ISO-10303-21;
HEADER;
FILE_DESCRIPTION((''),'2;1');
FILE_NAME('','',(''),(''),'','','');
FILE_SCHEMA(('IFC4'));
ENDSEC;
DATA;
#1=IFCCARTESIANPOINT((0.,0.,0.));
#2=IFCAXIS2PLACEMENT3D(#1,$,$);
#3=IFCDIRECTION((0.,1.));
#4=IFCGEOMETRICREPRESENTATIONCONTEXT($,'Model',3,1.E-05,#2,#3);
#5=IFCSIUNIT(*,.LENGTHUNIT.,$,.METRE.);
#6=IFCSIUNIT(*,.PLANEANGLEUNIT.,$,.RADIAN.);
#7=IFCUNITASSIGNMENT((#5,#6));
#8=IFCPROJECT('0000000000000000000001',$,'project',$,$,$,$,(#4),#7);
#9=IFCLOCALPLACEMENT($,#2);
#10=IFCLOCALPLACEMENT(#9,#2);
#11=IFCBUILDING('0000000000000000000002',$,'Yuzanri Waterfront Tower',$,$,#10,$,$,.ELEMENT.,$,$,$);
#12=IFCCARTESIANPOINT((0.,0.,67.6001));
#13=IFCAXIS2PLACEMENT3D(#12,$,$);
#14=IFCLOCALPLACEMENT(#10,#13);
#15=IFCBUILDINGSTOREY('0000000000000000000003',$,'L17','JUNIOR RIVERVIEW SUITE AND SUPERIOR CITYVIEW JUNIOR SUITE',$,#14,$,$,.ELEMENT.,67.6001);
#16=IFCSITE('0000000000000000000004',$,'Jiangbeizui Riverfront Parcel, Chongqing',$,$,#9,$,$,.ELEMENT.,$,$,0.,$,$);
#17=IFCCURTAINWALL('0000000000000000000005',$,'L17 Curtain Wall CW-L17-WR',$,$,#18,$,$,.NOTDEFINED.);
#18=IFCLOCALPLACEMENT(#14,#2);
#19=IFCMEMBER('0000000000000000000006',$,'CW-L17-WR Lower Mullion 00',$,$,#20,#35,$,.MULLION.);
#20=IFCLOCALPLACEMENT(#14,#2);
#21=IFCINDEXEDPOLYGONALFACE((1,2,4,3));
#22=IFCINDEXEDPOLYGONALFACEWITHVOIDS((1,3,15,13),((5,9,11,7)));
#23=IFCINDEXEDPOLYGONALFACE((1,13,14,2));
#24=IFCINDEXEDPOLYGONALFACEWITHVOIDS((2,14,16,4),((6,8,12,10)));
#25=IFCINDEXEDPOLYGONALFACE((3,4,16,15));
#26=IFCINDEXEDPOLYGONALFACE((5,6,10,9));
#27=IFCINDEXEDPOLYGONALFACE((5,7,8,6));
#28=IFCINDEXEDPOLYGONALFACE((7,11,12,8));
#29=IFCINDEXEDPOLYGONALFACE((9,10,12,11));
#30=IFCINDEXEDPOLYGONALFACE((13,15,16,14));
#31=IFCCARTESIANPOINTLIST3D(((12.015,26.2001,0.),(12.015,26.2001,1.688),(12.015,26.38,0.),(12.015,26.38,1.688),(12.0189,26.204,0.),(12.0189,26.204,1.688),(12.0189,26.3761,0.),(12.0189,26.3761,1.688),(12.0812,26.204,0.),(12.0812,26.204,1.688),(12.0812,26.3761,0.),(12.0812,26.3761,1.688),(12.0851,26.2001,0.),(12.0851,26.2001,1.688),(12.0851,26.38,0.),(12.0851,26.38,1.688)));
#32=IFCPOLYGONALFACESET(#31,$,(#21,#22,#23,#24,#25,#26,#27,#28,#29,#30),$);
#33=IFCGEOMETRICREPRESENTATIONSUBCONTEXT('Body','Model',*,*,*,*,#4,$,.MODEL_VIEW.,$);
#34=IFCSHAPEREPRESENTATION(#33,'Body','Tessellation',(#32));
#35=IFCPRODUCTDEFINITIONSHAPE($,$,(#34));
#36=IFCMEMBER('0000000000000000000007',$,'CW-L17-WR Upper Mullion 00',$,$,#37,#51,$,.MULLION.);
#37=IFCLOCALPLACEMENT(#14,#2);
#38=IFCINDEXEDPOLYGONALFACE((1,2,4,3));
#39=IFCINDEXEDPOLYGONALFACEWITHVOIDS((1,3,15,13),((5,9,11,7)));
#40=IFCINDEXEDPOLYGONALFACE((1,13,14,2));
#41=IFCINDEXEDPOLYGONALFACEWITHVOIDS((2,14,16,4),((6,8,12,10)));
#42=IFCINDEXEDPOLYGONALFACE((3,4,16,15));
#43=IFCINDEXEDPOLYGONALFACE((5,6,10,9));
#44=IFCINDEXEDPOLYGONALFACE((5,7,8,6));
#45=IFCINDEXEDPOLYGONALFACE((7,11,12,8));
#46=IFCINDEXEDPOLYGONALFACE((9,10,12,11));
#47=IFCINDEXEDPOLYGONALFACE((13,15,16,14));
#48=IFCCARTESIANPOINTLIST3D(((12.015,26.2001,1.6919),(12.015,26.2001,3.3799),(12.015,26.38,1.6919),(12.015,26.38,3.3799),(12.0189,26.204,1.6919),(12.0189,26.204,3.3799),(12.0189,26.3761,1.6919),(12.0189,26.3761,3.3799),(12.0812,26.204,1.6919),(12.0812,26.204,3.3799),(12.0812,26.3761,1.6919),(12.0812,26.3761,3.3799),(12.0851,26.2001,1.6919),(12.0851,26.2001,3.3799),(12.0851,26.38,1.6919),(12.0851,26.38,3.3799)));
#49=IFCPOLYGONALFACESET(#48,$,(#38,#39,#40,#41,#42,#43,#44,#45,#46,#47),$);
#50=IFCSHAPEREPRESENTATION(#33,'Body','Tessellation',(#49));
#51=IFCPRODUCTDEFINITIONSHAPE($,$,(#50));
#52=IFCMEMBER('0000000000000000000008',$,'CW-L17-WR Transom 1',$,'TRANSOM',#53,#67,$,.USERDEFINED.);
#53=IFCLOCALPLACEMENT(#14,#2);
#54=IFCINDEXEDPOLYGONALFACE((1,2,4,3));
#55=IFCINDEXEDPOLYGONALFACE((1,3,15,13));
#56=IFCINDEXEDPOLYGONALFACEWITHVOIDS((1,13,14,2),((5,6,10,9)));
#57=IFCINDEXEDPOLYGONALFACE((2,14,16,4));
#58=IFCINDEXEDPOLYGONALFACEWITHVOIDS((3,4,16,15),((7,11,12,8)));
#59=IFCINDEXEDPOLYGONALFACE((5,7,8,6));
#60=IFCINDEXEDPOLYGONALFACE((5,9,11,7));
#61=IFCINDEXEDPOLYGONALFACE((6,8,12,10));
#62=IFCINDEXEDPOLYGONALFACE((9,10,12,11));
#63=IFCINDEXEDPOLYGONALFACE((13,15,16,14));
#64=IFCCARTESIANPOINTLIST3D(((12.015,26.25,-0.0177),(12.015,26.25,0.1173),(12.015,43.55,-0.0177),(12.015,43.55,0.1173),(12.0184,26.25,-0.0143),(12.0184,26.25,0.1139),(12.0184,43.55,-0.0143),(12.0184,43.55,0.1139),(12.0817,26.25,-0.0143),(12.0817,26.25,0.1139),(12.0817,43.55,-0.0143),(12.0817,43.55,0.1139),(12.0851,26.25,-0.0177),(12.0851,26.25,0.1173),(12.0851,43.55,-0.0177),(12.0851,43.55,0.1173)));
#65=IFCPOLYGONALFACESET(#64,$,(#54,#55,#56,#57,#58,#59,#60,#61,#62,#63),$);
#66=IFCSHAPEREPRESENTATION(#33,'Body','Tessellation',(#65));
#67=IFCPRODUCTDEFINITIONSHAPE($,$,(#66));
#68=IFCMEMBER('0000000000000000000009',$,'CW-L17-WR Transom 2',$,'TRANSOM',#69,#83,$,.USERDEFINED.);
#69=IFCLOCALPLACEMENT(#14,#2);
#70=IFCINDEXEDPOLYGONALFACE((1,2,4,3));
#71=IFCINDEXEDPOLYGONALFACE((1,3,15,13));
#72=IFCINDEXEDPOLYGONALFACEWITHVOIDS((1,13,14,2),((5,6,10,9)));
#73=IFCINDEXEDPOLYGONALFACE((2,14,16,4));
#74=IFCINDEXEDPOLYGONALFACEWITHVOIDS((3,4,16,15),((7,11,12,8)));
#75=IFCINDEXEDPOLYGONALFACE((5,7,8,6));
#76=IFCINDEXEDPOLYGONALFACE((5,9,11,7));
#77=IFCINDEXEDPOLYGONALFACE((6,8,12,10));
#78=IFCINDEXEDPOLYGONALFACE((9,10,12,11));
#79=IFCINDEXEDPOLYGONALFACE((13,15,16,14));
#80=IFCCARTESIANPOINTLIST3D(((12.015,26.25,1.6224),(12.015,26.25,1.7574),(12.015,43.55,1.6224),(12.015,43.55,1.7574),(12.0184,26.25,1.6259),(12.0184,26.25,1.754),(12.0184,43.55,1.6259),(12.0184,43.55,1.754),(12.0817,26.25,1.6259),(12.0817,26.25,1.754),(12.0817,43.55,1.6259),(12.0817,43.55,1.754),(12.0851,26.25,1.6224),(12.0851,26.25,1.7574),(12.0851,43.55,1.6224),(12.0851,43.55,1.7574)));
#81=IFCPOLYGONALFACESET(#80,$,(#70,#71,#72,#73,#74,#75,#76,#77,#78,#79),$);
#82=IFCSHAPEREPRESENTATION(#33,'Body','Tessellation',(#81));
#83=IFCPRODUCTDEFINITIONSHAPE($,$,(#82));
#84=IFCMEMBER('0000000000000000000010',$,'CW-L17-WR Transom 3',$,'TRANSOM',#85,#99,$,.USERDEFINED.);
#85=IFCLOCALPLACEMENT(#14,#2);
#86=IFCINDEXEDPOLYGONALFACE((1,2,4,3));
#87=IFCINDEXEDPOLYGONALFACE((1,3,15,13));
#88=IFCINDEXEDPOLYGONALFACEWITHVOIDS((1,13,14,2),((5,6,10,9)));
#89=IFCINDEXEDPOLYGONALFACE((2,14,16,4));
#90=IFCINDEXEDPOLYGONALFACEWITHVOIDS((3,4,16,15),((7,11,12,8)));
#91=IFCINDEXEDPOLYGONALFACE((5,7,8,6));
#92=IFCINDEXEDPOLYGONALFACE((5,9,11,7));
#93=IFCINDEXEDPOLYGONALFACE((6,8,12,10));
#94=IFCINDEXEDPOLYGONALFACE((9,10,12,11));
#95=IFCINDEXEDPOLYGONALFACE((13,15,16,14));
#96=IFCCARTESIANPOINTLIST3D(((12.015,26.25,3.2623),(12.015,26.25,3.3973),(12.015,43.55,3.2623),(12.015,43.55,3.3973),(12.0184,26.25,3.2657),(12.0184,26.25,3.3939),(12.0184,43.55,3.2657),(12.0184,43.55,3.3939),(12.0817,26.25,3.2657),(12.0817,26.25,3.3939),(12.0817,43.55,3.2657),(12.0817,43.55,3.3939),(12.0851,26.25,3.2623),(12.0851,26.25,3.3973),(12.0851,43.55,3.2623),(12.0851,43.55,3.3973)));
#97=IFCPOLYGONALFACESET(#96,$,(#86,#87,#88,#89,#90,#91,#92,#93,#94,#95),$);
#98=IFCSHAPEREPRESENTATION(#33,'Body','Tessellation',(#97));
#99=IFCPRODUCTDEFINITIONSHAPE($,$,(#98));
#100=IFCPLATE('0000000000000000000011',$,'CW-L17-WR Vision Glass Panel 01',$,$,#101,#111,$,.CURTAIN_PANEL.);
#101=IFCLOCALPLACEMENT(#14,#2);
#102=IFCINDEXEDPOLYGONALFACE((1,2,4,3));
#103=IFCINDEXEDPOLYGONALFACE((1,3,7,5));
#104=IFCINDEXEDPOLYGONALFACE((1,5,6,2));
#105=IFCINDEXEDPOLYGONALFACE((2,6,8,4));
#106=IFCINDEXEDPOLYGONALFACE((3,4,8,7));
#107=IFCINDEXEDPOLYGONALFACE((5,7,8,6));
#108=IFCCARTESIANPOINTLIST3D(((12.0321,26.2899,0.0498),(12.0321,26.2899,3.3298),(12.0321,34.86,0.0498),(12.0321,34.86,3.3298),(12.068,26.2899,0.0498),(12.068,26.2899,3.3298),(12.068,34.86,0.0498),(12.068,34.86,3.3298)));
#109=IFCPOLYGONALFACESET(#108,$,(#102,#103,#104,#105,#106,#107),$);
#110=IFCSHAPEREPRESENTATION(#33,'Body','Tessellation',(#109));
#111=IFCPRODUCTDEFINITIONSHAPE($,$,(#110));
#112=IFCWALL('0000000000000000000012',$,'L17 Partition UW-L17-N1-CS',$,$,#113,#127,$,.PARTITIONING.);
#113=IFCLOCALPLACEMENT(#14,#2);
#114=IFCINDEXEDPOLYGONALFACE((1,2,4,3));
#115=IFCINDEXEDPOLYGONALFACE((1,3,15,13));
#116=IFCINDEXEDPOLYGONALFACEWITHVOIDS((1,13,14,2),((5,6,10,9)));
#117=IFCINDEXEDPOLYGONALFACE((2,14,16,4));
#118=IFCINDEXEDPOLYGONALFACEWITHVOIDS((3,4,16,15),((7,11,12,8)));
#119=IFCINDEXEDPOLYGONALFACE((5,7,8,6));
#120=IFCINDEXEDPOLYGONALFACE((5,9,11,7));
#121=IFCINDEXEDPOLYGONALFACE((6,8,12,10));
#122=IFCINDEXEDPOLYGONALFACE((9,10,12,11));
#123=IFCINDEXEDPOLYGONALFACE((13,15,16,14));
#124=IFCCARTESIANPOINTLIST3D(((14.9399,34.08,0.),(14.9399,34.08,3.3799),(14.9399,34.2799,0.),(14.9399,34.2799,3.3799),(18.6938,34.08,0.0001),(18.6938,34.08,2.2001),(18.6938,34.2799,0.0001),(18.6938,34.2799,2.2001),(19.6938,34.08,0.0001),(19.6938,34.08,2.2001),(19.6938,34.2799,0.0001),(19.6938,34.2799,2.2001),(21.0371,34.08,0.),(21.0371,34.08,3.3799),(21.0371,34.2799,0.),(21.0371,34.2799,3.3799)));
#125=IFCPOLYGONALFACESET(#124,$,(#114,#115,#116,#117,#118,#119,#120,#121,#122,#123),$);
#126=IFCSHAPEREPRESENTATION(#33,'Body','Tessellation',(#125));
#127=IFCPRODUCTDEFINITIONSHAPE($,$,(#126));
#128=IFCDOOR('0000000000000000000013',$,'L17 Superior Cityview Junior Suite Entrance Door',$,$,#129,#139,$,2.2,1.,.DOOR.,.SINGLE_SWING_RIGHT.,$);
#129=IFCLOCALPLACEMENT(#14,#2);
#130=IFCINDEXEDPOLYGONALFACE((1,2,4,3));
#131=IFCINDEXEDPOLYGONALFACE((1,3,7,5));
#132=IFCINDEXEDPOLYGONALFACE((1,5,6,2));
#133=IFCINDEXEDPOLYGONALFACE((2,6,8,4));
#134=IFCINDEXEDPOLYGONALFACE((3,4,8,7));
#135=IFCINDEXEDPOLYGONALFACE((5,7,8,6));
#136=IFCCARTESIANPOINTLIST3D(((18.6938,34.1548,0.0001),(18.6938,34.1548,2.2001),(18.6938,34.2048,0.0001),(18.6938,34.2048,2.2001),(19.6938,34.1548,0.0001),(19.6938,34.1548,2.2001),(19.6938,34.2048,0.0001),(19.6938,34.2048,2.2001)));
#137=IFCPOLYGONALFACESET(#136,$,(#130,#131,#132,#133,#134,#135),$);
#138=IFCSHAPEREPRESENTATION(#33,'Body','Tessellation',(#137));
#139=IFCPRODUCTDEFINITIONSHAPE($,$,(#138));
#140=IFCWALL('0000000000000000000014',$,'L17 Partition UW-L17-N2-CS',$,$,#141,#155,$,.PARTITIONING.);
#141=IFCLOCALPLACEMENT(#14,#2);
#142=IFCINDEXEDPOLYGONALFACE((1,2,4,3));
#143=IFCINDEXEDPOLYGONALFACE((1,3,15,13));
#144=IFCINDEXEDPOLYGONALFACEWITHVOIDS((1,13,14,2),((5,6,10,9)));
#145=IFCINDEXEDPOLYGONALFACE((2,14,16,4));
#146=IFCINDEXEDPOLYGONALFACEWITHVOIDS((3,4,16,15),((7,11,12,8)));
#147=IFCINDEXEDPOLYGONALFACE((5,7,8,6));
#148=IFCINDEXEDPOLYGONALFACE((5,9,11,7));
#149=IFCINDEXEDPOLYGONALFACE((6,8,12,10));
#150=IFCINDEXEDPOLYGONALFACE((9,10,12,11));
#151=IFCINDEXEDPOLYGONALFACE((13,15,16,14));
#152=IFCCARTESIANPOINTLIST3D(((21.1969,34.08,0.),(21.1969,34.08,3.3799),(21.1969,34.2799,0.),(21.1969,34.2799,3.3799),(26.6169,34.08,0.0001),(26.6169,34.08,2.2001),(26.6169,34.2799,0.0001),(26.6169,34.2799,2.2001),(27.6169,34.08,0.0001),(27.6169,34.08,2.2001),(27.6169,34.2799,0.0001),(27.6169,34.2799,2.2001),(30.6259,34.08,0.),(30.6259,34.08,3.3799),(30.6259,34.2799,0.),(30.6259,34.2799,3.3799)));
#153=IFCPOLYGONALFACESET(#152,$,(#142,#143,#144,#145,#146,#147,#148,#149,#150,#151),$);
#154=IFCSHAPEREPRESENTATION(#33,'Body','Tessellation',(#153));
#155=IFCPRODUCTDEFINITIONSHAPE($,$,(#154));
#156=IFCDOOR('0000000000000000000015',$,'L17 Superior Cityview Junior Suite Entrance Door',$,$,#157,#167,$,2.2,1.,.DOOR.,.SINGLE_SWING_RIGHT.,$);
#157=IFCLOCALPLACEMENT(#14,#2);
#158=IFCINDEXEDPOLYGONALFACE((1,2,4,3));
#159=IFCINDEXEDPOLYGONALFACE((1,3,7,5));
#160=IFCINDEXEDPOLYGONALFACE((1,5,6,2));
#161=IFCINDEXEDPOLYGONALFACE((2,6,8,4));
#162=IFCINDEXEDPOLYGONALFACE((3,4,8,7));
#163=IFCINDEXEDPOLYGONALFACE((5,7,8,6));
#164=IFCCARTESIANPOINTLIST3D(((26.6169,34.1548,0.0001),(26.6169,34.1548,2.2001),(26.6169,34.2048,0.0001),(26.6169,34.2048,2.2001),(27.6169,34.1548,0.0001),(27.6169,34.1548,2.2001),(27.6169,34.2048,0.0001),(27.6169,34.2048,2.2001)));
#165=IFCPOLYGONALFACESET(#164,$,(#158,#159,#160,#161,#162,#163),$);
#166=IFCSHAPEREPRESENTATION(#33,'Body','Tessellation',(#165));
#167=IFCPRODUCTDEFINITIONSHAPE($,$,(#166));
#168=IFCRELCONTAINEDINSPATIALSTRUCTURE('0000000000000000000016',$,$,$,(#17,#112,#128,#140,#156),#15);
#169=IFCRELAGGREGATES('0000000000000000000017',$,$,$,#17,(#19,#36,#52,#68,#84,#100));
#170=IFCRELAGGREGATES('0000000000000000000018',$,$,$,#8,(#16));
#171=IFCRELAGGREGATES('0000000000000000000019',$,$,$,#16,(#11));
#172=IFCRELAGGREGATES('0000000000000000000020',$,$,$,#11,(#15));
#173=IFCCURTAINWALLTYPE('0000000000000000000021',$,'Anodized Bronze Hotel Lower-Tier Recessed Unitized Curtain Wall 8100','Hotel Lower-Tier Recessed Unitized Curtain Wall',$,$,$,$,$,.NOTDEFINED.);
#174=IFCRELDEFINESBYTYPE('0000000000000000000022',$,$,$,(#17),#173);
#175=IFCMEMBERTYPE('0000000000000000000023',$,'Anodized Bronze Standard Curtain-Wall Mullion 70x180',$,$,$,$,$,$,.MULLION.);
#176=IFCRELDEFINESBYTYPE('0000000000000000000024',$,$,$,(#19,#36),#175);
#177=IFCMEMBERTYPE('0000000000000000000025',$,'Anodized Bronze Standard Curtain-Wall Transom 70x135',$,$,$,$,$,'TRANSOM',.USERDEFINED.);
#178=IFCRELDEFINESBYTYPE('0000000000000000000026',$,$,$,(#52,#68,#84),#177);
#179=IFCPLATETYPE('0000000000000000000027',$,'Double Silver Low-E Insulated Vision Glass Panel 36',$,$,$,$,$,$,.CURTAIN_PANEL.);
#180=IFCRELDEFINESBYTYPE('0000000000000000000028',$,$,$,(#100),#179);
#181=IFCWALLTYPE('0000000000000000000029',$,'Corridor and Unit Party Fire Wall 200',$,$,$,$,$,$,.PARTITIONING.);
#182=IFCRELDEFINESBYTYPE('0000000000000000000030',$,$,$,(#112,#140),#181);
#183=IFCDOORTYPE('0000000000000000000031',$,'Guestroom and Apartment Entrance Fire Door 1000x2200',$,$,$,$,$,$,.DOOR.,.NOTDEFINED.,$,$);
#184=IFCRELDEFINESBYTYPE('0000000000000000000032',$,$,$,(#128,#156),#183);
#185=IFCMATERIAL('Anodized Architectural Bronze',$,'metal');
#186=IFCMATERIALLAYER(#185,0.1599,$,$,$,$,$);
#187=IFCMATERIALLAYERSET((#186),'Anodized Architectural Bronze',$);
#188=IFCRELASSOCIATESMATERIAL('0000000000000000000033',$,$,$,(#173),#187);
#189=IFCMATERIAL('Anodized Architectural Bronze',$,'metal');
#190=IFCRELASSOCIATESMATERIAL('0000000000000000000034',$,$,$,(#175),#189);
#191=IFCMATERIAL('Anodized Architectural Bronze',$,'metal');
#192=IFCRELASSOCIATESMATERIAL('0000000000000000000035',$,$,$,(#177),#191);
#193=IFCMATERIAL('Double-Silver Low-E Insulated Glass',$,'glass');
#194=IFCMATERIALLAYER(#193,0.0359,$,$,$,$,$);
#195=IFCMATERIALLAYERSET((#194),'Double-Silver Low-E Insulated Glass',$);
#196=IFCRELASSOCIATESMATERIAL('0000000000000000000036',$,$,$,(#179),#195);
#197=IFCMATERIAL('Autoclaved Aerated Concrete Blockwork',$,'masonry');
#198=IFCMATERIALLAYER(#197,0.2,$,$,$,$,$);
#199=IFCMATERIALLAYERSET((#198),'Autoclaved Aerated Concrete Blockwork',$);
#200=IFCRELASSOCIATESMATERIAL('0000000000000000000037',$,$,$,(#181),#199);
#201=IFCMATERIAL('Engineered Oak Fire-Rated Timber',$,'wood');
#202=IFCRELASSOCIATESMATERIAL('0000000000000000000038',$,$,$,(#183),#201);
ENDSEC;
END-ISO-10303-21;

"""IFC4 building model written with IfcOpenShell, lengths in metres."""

from ifc_helpers import new_model, si_unit, direction, frame, frame_2d, origin, origin_2d, place, context, subcontext, project, spatial, rectangle, hollow_rectangle, extrude, source, transform, mapped, material, layer, layer_set, material_profile, profile_set, type_object, element, fill, aggregate, save


model = new_model("IFC4")

# Units and contexts
model_context = context("Model", 3, precision=1e-05, world=origin(), true_north=direction((0.0, 1.0)))
body_context = subcontext(model_context, "Body", "Model", "MODEL_VIEW")
ifc_project = project(units=[si_unit("LENGTHUNIT", "METRE"), si_unit("PLANEANGLEUNIT", "RADIAN")], contexts=[model_context])

# Site, building, storey
site_placement = place(None, origin())
site = spatial("IfcSite", under=ifc_project, at=site_placement, Name="Jiangbeizui Riverfront Parcel, Chongqing", CompositionType="ELEMENT", RefElevation=0.0)
building_placement = place(site_placement, origin())
building = spatial("IfcBuilding", under=site, at=building_placement, Name="Yuzanri Waterfront Tower", CompositionType="ELEMENT")
storey_placement = place(building_placement, frame((0.0, 0.0, 67.6001)))
storey = spatial("IfcBuildingStorey", under=building, at=storey_placement, Name="L17", Description="JUNIOR RIVERVIEW SUITE AND SUPERIOR CITYVIEW JUNIOR SUITE", CompositionType="ELEMENT", Elevation=67.6001)

# Curtain wall, members, plate
ifc_material_1 = material(Name="Anodized Architectural Bronze", Category="metal")
ifc_layer_1 = layer(ifc_material_1, 0.1599)
ifc_layer_set_1 = layer_set([ifc_layer_1], Name="Anodized Architectural Bronze")
curtain_wall_type = type_object("IfcCurtainWallType", Name="Anodized Bronze Hotel Lower-Tier Recessed Unitized Curtain Wall 8100", Description="Hotel Lower-Tier Recessed Unitized Curtain Wall", PredefinedType="NOTDEFINED", material=ifc_layer_set_1)
curtain_wall_placement = place(storey_placement, origin())
curtain_wall = element("IfcCurtainWall", 1, at=curtain_wall_placement, inside=storey, type_object=curtain_wall_type, Name="L17 Curtain Wall CW-L17-WR", PredefinedType="NOTDEFINED")
ifc_material_2 = material(Name="Anodized Architectural Bronze", Category="metal")
ifc_material_profile_1 = material_profile(ifc_material_2, hollow_rectangle(XDim=0.0701, YDim=0.1799, WallThickness=0.0039, at=origin_2d()), Name="CWM 70x180")
ifc_profile_set_1 = profile_set([ifc_material_profile_1], Name="Anodized Architectural Bronze")
member_type_1 = type_object("IfcMemberType", Name="Anodized Bronze Standard Curtain-Wall Mullion 70x180", PredefinedType="MULLION", material=ifc_profile_set_1)
shared_shape_1 = source(origin(), body_context, "Body", "SweptSolid", [
    extrude(hollow_rectangle(XDim=0.0701, YDim=0.1799, WallThickness=0.0039, at=origin_2d()), origin(), (0.0, 0.0, 1.0), 1.688),
])
member_1_placement = place(storey_placement, frame((12.05, 26.29, 0.0), z_axis=(0.0, 0.0, 1.0), x_axis=(1.0, 0.0, 0.0)))
member_1 = element("IfcMember", 2, at=member_1_placement, type_object=member_type_1, Name="CW-L17-WR Lower Mullion 00", PredefinedType="MULLION", context=body_context, shape_type="MappedRepresentation", body=[
    mapped(shared_shape_1, transform((0.0, 0.0, 0.0), scale=1.0)),
])
member_2_placement = place(storey_placement, frame((12.05, 26.29, 1.6919), z_axis=(0.0, 0.0, 1.0), x_axis=(1.0, 0.0, 0.0)))
member_2 = element("IfcMember", 3, at=member_2_placement, type_object=member_type_1, Name="CW-L17-WR Upper Mullion 00", PredefinedType="MULLION", context=body_context, shape_type="MappedRepresentation", body=[
    mapped(shared_shape_1, transform((0.0, 0.0, 0.0), scale=1.0)),
])
ifc_material_3 = material(Name="Anodized Architectural Bronze", Category="metal")
ifc_material_profile_2 = material_profile(ifc_material_3, hollow_rectangle(XDim=0.0701, YDim=0.135, WallThickness=0.0034, at=origin_2d()), Name="CWT 70x135")
ifc_profile_set_2 = profile_set([ifc_material_profile_2], Name="Anodized Architectural Bronze")
member_type_2 = type_object("IfcMemberType", Name="Anodized Bronze Standard Curtain-Wall Transom 70x135", ElementType="TRANSOM", PredefinedType="USERDEFINED", material=ifc_profile_set_2)
shared_shape_2 = source(origin(), body_context, "Body", "SweptSolid", [
    extrude(hollow_rectangle(XDim=0.0701, YDim=0.135, WallThickness=0.0034, at=origin_2d()), origin(), (0.0, 0.0, 1.0), 17.3),
])
member_3_placement = place(storey_placement, frame((12.05, 26.25, 0.0498), z_axis=(0.0, 1.0, 0.0), x_axis=(-1.0, 0.0, 0.0)))
member_3 = element("IfcMember", 4, at=member_3_placement, type_object=member_type_2, Name="CW-L17-WR Transom 1", ObjectType="TRANSOM", PredefinedType="USERDEFINED", context=body_context, shape_type="MappedRepresentation", body=[
    mapped(shared_shape_2, transform((0.0, 0.0, 0.0), scale=1.0)),
])
member_4_placement = place(storey_placement, frame((12.05, 26.25, 1.6899), z_axis=(0.0, 1.0, 0.0), x_axis=(-1.0, 0.0, 0.0)))
member_4 = element("IfcMember", 5, at=member_4_placement, type_object=member_type_2, Name="CW-L17-WR Transom 2", ObjectType="TRANSOM", PredefinedType="USERDEFINED", context=body_context, shape_type="MappedRepresentation", body=[
    mapped(shared_shape_2, transform((0.0, 0.0, 0.0), scale=1.0)),
])
member_5_placement = place(storey_placement, frame((12.05, 26.25, 3.3298), z_axis=(0.0, 1.0, 0.0), x_axis=(-1.0, 0.0, 0.0)))
member_5 = element("IfcMember", 6, at=member_5_placement, type_object=member_type_2, Name="CW-L17-WR Transom 3", ObjectType="TRANSOM", PredefinedType="USERDEFINED", context=body_context, shape_type="MappedRepresentation", body=[
    mapped(shared_shape_2, transform((0.0, 0.0, 0.0), scale=1.0)),
])
ifc_material_4 = material(Name="Double-Silver Low-E Insulated Glass", Category="glass")
ifc_layer_2 = layer(ifc_material_4, 0.0359)
ifc_layer_set_2 = layer_set([ifc_layer_2], Name="Double-Silver Low-E Insulated Glass")
plate_type = type_object("IfcPlateType", Name="Double Silver Low-E Insulated Vision Glass Panel 36", PredefinedType="CURTAIN_PANEL", material=ifc_layer_set_2)
shared_shape_3 = source(origin(), body_context, "Body", "SweptSolid", [
    extrude(rectangle(XDim=8.5701, YDim=0.0359, at=origin_2d()), origin(), (0.0, 0.0, 1.0), 3.28),
])
plate_placement = place(storey_placement, frame((12.05, 30.575, 0.0498), z_axis=(0.0, 0.0, 1.0), x_axis=(0.0, 1.0, 0.0)))
plate = element("IfcPlate", 7, at=plate_placement, type_object=plate_type, Name="CW-L17-WR Vision Glass Panel 01", PredefinedType="CURTAIN_PANEL", context=body_context, shape_type="MappedRepresentation", body=[
    mapped(shared_shape_3, transform((0.0, 0.0, 0.0), scale=1.0)),
])
aggregate(curtain_wall, [member_1, member_2, member_3, member_4, member_5, plate])

# Walls, openings, doors
ifc_material_5 = material(Name="Autoclaved Aerated Concrete Blockwork", Category="masonry")
ifc_layer_3 = layer(ifc_material_5, 0.2)
ifc_layer_set_3 = layer_set([ifc_layer_3], Name="Autoclaved Aerated Concrete Blockwork")
wall_type_1 = type_object("IfcWallType", Name="Corridor and Unit Party Fire Wall 200", PredefinedType="PARTITIONING", material=ifc_layer_set_3)
wall_1_placement = place(storey_placement, frame((14.9399, 34.1799, 0.0), z_axis=(0.0, 0.0, 1.0), x_axis=(1.0, 0.0, 0.0)))
wall_1 = element("IfcWall", 8, at=wall_1_placement, inside=storey, type_object=wall_type_1, Name="L17 Partition UW-L17-N1-CS", PredefinedType="PARTITIONING", context=body_context, shape_type="SweptSolid", body=[
    extrude(rectangle(XDim=6.0972, YDim=0.2, at=frame_2d((3.0486, 0.0))), origin(), (0.0, 0.0, 1.0), 3.3799),
])
opening_1_placement = place(wall_1_placement, frame((3.7539, 0.0, 0.0)))
opening_1 = element("IfcOpeningElement", 9, at=opening_1_placement, cuts=wall_1, PredefinedType="OPENING", context=body_context, shape_type="SweptSolid", body=[
    extrude(rectangle(XDim=1.0, YDim=2.2, at=frame_2d((0.5, 1.1001))), frame((0.0, 0.1147, 0.0), z_axis=(0.0, -1.0, 0.0), x_axis=(1.0, 0.0, 0.0)), (0.0, 0.0, 1.0), 0.2297),
])
ifc_material_6 = material(Name="Engineered Oak Fire-Rated Timber", Category="wood")
door_type_1 = type_object("IfcDoorType", Name="Guestroom and Apartment Entrance Fire Door 1000x2200", OperationType="NOTDEFINED", PredefinedType="DOOR", material=ifc_material_6)
shared_shape_4 = source(origin(), body_context, "Body", "SweptSolid", [
    extrude(rectangle(XDim=1.0, YDim=2.2, at=frame_2d((0.5, 1.1001))), frame((0.0, 0.0249, 0.0), z_axis=(0.0, -1.0, 0.0), x_axis=(1.0, 0.0, 0.0)), (0.0, 0.0, 1.0), 0.05),
])
door_1_placement = place(opening_1_placement, origin())
door_1 = element("IfcDoor", 10, at=door_1_placement, inside=storey, type_object=door_type_1, Name="L17 Superior Cityview Junior Suite Entrance Door", OperationType="SINGLE_SWING_RIGHT", OverallHeight=2.2, OverallWidth=1.0, PredefinedType="DOOR", context=body_context, shape_type="MappedRepresentation", body=[
    mapped(shared_shape_4, transform((0.0, 0.0, 0.0), scale=1.0)),
])
fill(opening_1, door_1)
wall_2_placement = place(storey_placement, frame((21.197, 34.1799, 0.0), z_axis=(0.0, 0.0, 1.0), x_axis=(1.0, 0.0, 0.0)))
wall_2 = element("IfcWall", 11, at=wall_2_placement, inside=storey, type_object=wall_type_1, Name="L17 Partition UW-L17-N2-CS", PredefinedType="PARTITIONING", context=body_context, shape_type="SweptSolid", body=[
    extrude(rectangle(XDim=9.429, YDim=0.2, at=frame_2d((4.7144, 0.0))), origin(), (0.0, 0.0, 1.0), 3.3799),
])
opening_2_placement = place(wall_2_placement, frame((5.4199, 0.0, 0.0)))
opening_2 = element("IfcOpeningElement", 12, at=opening_2_placement, cuts=wall_2, PredefinedType="OPENING", context=body_context, shape_type="SweptSolid", body=[
    extrude(rectangle(XDim=1.0, YDim=2.2, at=frame_2d((0.5, 1.1001))), frame((0.0, 0.1147, 0.0), z_axis=(0.0, -1.0, 0.0), x_axis=(1.0, 0.0, 0.0)), (0.0, 0.0, 1.0), 0.2297),
])
door_2_placement = place(opening_2_placement, origin())
door_2 = element("IfcDoor", 13, at=door_2_placement, inside=storey, type_object=door_type_1, Name="L17 Superior Cityview Junior Suite Entrance Door", OperationType="SINGLE_SWING_RIGHT", OverallHeight=2.2, OverallWidth=1.0, PredefinedType="DOOR", context=body_context, shape_type="MappedRepresentation", body=[
    mapped(shared_shape_4, transform((0.0, 0.0, 0.0), scale=1.0)),
])
fill(opening_2, door_2)

save(model, "model.ifc")
